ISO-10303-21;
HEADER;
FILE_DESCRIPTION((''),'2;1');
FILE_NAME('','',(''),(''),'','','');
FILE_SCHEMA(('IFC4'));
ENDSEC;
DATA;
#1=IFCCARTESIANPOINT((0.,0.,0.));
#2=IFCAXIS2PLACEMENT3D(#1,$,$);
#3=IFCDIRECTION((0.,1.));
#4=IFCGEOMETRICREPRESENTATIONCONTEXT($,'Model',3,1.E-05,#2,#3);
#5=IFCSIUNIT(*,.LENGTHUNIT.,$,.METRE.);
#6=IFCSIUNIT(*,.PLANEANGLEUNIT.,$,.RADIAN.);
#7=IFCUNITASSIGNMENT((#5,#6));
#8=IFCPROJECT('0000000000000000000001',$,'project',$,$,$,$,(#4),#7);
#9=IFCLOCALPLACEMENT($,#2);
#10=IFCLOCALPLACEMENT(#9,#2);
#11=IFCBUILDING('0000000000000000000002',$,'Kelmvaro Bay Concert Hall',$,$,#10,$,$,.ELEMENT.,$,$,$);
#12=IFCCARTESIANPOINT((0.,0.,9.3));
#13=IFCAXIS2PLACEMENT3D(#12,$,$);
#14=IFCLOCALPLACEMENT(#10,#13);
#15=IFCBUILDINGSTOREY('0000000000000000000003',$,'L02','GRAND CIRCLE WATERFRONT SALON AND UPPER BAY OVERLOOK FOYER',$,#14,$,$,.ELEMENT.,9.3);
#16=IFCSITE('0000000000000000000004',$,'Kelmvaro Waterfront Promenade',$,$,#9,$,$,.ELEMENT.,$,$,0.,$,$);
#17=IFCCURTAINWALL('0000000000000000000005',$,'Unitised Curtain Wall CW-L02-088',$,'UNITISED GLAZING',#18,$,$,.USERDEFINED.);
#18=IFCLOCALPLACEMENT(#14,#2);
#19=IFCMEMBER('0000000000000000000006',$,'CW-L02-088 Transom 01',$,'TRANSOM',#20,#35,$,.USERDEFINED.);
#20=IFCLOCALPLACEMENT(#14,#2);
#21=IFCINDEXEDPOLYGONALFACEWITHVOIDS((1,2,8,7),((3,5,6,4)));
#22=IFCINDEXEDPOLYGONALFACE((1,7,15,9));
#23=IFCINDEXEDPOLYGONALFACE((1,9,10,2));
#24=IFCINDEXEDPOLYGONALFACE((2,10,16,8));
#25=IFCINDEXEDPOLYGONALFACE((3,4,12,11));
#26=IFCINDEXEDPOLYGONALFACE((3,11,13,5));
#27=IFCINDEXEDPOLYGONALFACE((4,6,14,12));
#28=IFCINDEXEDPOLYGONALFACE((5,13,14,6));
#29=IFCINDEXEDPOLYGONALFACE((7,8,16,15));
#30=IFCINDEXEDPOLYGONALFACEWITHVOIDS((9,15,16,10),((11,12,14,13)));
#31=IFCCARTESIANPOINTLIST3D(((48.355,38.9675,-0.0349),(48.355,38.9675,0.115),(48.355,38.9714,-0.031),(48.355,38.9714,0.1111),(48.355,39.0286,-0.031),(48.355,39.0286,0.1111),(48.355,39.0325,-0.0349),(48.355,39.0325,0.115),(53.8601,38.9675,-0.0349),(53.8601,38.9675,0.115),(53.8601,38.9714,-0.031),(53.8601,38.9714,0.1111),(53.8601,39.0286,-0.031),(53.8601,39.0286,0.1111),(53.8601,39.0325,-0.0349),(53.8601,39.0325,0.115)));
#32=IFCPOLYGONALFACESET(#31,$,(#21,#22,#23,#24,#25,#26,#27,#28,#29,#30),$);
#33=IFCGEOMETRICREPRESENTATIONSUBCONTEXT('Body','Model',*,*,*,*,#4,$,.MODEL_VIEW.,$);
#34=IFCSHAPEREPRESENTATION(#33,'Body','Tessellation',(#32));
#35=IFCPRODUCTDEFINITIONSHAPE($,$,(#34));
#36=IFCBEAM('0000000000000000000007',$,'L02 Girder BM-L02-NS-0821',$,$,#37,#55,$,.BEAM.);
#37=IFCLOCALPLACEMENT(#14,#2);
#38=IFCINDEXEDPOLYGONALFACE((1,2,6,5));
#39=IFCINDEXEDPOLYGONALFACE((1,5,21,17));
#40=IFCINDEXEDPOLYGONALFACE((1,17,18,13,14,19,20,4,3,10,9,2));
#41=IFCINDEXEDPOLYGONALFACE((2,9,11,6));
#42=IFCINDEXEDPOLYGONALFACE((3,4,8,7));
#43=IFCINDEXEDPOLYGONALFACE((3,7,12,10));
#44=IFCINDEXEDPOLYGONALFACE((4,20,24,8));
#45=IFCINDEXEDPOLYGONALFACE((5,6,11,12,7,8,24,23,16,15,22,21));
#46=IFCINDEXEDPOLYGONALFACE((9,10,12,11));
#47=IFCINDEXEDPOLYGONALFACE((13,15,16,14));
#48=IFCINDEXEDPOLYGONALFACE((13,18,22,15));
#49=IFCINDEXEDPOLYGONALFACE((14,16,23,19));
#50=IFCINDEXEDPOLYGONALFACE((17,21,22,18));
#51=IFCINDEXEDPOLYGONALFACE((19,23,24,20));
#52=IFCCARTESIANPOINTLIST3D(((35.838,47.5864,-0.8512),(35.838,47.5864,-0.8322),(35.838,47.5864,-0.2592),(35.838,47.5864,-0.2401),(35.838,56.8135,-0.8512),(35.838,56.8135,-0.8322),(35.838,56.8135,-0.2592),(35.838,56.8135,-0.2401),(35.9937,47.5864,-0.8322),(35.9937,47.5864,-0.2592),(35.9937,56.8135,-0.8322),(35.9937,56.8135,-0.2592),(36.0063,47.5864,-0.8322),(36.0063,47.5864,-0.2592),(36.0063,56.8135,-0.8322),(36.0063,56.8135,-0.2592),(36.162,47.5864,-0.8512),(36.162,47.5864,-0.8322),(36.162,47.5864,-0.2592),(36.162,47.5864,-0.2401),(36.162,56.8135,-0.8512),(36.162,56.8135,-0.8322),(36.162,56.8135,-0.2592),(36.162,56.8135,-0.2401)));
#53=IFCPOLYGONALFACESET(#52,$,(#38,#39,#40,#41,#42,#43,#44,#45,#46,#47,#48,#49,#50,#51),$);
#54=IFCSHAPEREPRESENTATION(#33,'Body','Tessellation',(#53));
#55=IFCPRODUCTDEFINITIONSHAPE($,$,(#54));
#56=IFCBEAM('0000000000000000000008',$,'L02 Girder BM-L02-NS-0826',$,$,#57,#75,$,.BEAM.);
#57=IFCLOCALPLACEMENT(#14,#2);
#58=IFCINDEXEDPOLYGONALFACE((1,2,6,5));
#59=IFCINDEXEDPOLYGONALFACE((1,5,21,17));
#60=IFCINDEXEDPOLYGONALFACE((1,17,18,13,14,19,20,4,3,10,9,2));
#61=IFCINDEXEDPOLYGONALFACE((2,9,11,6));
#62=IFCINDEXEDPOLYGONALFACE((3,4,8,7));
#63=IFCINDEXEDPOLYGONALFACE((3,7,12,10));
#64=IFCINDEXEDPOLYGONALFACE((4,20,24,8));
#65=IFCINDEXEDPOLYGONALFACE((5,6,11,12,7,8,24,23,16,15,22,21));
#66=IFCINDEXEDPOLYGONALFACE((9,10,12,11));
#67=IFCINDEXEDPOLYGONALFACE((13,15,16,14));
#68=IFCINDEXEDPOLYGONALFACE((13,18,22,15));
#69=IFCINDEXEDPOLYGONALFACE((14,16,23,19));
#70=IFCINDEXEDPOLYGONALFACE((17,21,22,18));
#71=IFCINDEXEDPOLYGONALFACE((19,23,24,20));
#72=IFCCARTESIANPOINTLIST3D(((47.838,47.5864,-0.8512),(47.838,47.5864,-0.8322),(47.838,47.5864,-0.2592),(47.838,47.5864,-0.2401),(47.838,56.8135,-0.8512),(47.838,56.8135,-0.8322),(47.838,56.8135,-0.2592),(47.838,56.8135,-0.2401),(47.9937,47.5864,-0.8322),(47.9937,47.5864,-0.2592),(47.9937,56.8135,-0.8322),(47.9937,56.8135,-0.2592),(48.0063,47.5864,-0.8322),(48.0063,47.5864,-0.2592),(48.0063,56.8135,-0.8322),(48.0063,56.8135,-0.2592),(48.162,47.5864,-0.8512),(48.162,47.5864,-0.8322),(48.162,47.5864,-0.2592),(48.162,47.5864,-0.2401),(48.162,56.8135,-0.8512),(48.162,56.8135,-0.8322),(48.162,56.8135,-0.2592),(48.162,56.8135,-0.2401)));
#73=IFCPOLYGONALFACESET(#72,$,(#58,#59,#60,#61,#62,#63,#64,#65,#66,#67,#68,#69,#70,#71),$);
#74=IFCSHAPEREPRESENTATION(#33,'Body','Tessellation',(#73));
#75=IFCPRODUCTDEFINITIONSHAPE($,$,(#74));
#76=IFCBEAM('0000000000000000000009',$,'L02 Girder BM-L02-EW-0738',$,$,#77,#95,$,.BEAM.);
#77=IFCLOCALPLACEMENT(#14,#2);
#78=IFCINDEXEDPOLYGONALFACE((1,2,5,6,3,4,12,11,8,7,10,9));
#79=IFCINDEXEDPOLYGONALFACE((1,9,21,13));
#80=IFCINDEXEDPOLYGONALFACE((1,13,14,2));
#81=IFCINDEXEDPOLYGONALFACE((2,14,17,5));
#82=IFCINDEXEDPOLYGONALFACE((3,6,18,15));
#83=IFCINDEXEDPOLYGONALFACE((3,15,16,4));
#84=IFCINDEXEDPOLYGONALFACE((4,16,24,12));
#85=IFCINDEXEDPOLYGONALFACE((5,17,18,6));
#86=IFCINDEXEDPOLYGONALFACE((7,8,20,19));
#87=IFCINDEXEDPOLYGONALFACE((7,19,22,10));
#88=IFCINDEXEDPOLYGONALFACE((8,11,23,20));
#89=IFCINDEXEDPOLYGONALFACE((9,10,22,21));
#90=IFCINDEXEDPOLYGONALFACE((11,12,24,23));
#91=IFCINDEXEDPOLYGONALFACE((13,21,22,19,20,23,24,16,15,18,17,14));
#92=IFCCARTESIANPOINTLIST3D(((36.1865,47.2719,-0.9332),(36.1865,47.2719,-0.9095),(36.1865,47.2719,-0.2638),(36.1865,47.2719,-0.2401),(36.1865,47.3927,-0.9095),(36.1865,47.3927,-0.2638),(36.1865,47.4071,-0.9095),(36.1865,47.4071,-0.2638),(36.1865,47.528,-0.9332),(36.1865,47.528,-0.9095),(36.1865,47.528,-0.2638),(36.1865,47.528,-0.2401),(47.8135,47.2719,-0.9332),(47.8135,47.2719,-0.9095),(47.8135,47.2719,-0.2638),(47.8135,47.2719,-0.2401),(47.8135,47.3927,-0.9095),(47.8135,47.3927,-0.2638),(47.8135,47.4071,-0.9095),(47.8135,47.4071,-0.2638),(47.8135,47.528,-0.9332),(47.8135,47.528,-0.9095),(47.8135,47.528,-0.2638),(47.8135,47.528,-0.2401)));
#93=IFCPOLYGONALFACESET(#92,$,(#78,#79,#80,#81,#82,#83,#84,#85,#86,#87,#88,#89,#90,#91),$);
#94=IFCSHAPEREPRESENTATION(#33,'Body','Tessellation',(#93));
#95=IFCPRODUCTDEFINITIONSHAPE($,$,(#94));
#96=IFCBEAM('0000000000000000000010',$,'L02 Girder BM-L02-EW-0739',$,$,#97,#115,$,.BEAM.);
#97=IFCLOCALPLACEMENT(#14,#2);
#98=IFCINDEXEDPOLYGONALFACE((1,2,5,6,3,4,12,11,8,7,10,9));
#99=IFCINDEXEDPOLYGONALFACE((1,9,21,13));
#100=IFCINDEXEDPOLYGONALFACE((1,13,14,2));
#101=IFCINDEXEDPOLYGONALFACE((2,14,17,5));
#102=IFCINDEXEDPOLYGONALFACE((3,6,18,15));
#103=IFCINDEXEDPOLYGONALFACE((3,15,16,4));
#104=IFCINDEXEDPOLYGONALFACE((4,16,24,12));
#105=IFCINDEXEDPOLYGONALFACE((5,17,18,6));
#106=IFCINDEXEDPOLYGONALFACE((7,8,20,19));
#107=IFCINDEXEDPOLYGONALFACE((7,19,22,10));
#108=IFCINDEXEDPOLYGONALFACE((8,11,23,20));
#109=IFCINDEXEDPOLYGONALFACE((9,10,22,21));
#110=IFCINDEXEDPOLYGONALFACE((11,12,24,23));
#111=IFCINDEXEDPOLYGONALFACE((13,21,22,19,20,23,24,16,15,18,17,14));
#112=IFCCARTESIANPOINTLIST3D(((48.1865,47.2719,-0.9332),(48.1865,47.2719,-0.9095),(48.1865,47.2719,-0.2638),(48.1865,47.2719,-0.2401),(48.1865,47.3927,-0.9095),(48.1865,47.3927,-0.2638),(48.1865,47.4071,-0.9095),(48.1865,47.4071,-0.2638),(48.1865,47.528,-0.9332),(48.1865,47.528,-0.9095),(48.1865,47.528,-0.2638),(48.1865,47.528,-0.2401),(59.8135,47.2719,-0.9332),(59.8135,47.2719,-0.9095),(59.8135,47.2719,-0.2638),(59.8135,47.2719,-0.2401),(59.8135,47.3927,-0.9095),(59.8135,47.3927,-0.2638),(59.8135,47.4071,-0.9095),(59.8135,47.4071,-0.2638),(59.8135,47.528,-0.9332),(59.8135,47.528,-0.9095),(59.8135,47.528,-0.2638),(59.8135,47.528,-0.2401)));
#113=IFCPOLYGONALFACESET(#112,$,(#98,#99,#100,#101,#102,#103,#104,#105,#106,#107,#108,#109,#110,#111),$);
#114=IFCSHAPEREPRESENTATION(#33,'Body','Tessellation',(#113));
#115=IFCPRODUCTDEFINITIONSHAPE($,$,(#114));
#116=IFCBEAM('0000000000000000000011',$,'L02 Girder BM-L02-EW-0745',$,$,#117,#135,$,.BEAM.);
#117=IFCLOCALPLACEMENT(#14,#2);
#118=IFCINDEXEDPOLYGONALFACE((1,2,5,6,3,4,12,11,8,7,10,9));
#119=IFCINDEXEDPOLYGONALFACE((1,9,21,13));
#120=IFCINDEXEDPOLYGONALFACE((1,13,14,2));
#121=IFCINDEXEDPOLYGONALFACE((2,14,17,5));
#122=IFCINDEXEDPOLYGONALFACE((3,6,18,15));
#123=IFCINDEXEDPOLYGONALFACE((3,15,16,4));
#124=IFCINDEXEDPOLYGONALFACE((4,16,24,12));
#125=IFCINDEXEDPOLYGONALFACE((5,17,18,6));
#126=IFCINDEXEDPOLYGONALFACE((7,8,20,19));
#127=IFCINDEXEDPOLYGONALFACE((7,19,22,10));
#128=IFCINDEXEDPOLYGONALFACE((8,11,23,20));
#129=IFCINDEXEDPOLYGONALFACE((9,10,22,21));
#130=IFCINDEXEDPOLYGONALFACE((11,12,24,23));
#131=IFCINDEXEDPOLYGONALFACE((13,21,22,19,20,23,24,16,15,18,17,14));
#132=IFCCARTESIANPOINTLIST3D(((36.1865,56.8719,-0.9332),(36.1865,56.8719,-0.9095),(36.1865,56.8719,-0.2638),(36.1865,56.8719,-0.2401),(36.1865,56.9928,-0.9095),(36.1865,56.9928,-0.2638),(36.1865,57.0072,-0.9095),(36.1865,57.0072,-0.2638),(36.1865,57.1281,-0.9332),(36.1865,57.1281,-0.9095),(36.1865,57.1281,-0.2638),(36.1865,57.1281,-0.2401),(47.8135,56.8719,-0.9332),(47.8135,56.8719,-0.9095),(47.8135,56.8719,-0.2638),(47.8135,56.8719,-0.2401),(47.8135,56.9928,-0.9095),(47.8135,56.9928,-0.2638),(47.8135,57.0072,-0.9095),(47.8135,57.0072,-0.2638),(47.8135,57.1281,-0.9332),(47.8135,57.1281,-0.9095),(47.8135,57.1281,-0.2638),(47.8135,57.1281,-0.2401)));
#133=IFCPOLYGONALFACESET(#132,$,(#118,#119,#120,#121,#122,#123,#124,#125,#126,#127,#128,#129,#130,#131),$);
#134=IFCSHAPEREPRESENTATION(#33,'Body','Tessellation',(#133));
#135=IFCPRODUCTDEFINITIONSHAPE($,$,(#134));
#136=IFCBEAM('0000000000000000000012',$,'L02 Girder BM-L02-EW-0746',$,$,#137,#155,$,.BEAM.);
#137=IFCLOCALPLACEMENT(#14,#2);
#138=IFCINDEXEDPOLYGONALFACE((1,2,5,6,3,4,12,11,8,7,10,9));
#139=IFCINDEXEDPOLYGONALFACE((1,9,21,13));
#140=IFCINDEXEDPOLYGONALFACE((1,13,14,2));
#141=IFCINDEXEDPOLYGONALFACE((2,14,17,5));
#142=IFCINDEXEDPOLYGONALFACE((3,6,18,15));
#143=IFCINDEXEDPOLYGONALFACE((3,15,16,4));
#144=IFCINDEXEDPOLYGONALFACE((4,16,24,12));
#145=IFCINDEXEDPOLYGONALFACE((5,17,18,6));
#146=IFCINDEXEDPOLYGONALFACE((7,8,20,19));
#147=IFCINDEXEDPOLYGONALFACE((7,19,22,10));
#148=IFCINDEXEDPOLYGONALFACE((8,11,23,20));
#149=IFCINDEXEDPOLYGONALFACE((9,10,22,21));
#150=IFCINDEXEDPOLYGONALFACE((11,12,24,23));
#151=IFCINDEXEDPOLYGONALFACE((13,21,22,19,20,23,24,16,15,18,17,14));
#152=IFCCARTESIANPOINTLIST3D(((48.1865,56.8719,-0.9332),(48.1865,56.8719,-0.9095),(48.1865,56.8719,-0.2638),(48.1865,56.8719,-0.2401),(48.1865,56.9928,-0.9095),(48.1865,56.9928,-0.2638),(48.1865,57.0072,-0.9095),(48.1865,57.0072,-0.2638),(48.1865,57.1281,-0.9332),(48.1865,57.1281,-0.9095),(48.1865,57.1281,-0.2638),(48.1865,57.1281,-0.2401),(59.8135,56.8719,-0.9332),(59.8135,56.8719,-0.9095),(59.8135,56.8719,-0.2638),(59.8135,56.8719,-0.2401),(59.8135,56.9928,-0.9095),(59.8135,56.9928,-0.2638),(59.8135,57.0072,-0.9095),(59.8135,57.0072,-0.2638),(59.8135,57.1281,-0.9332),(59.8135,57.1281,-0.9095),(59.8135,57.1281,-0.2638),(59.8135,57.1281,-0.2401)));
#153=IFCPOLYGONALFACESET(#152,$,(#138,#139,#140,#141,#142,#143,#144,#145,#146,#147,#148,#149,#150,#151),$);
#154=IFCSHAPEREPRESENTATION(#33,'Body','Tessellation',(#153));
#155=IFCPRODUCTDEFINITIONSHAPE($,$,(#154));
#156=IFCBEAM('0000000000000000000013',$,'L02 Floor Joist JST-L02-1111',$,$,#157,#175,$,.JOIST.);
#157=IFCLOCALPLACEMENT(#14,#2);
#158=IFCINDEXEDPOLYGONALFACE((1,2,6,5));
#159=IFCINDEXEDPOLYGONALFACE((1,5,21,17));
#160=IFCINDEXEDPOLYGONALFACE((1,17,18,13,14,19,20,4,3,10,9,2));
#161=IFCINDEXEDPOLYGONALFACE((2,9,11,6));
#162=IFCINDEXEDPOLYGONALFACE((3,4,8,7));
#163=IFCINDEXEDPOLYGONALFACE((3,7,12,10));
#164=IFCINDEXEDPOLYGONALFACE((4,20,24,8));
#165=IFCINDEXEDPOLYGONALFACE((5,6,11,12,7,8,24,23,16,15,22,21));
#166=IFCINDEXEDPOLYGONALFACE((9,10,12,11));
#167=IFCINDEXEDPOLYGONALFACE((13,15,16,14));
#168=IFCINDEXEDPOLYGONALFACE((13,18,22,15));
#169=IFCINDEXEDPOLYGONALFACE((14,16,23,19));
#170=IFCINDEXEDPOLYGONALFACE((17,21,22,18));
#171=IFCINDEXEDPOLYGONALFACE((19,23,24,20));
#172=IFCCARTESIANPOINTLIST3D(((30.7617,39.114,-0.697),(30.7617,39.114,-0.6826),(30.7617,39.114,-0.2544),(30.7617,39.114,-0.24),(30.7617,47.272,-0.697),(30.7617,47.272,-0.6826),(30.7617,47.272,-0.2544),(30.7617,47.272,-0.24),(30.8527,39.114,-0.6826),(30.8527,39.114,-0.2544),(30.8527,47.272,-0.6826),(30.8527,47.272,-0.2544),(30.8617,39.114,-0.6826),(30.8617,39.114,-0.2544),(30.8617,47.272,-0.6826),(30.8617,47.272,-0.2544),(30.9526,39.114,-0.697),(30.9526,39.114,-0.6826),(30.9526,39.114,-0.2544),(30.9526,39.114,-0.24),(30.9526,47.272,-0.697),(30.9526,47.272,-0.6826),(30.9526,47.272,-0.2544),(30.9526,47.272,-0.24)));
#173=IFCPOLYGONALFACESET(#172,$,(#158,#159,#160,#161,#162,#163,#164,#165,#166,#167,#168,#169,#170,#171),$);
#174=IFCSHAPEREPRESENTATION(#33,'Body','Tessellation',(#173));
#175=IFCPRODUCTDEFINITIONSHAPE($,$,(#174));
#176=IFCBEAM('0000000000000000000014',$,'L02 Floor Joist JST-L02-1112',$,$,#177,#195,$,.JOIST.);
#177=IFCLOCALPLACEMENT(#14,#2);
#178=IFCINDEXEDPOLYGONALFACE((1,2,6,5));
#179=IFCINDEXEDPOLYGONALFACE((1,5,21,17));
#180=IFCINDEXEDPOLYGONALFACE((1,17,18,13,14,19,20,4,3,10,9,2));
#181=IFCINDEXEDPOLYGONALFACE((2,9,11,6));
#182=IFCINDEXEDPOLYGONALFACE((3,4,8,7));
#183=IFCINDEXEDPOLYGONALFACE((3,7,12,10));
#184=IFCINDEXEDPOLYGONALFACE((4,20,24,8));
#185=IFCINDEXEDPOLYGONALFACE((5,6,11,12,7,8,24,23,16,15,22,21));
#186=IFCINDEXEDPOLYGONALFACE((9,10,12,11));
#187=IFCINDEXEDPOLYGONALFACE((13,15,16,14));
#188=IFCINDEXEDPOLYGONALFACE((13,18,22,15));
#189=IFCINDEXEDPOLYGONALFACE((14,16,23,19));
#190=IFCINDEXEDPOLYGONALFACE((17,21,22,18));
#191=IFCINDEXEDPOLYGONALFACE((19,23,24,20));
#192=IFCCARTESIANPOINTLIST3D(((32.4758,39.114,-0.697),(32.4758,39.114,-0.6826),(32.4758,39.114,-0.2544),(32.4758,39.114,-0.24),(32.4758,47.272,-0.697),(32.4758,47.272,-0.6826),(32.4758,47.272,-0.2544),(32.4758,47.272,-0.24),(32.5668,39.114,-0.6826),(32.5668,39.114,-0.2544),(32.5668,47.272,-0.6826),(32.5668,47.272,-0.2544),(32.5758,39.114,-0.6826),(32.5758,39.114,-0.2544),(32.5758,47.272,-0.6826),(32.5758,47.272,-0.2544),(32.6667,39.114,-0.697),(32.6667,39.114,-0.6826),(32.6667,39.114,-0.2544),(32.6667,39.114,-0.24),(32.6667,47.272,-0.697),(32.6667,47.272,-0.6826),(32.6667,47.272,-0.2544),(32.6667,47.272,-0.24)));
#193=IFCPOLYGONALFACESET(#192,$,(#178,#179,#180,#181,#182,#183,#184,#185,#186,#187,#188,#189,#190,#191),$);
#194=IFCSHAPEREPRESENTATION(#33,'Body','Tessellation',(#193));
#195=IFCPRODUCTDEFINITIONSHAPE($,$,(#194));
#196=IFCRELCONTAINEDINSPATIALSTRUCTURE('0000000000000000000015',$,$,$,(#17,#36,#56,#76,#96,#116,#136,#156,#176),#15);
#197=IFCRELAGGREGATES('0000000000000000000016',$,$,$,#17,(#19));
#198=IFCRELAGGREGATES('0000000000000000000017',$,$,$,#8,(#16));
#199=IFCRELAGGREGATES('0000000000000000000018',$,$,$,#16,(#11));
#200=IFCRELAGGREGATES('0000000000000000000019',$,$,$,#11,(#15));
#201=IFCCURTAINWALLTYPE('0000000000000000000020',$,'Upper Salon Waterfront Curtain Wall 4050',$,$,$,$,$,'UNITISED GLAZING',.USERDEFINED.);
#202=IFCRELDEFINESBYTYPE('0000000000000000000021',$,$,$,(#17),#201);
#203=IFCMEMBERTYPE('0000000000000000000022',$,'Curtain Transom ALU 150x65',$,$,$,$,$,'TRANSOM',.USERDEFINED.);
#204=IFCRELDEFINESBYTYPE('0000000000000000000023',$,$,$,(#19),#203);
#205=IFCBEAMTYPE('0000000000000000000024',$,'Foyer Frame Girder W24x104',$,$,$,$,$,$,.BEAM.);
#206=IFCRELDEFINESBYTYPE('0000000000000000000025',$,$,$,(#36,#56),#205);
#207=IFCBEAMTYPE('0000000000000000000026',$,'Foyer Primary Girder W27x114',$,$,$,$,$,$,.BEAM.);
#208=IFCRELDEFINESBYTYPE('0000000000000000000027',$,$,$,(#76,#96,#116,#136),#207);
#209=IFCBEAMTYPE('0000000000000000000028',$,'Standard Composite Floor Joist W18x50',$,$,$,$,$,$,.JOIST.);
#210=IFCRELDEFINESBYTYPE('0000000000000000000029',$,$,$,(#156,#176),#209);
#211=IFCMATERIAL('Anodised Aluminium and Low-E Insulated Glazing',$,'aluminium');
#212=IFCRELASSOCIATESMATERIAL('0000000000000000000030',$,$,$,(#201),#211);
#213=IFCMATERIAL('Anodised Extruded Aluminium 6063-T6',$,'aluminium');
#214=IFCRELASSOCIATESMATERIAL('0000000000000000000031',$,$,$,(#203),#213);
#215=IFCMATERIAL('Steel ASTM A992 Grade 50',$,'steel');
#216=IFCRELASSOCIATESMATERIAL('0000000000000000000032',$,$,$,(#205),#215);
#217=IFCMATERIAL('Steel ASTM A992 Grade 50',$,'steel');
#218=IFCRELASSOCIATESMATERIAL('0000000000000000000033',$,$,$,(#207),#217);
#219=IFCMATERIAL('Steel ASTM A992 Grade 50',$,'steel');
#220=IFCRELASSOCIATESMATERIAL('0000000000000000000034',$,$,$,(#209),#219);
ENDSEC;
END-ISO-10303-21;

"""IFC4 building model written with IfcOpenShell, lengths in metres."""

from ifc_helpers import new_model, si_unit, direction, frame, origin, origin_2d, place, context, subcontext, project, spatial, hollow_rectangle, i_section, extrude, material, material_profile, profile_set, type_object, element, aggregate, save


model = new_model("IFC4")

# Units and contexts
model_context = context("Model", 3, precision=1e-05, world=origin(), true_north=direction((0.0, 1.0)))
body_context = subcontext(model_context, "Body", "Model", "MODEL_VIEW")
ifc_project = project(units=[si_unit("LENGTHUNIT", "METRE"), si_unit("PLANEANGLEUNIT", "RADIAN")], contexts=[model_context])

# Site, building, storey
site_placement = place(None, origin())
site = spatial("IfcSite", under=ifc_project, at=site_placement, Name="Kelmvaro Waterfront Promenade", CompositionType="ELEMENT", RefElevation=0.0)
building_placement = place(site_placement, origin())
building = spatial("IfcBuilding", under=site, at=building_placement, Name="Kelmvaro Bay Concert Hall", CompositionType="ELEMENT")
storey_placement = place(building_placement, frame((0.0, 0.0, 9.3)))
storey = spatial("IfcBuildingStorey", under=building, at=storey_placement, Name="L02", Description="GRAND CIRCLE WATERFRONT SALON AND UPPER BAY OVERLOOK FOYER", CompositionType="ELEMENT", Elevation=9.3)

# Curtain wall, member
ifc_material_1 = material(Name="Anodised Aluminium and Low-E Insulated Glazing", Category="aluminium")
curtain_wall_type = type_object("IfcCurtainWallType", Name="Upper Salon Waterfront Curtain Wall 4050", ElementType="UNITISED GLAZING", PredefinedType="USERDEFINED", material=ifc_material_1)
curtain_wall_placement = place(storey_placement, origin())
curtain_wall = element("IfcCurtainWall", 1, at=curtain_wall_placement, inside=storey, type_object=curtain_wall_type, Name="Unitised Curtain Wall CW-L02-088", ObjectType="UNITISED GLAZING", PredefinedType="USERDEFINED")
ifc_material_2 = material(Name="Anodised Extruded Aluminium 6063-T6", Category="aluminium")
ifc_material_profile_1 = material_profile(ifc_material_2, hollow_rectangle(XDim=0.0649, YDim=0.1499, WallThickness=0.0039, at=origin_2d()), Name="ALU-TRN-150X65")
ifc_profile_set_1 = profile_set([ifc_material_profile_1], Name="Anodised Extruded Aluminium 6063-T6")
member_type = type_object("IfcMemberType", Name="Curtain Transom ALU 150x65", ElementType="TRANSOM", PredefinedType="USERDEFINED", material=ifc_profile_set_1)
member_placement = place(storey_placement, frame((48.355, 39.0, 0.04), z_axis=(1.0, 0.0, 0.0), x_axis=(0.0, 1.0, 0.0)))
member = element("IfcMember", 2, at=member_placement, type_object=member_type, Name="CW-L02-088 Transom 01", ObjectType="TRANSOM", PredefinedType="USERDEFINED", context=body_context, shape_type="SweptSolid", body=[
    extrude(hollow_rectangle(XDim=0.0649, YDim=0.1499, WallThickness=0.0039, at=origin_2d()), origin(), (0.0, 0.0, 1.0), 5.5051),
])
aggregate(curtain_wall, [member])

# Beams
ifc_material_3 = material(Name="Steel ASTM A992 Grade 50", Category="steel")
ifc_material_profile_2 = material_profile(ifc_material_3, i_section(OverallWidth=0.324, OverallDepth=0.6111, WebThickness=0.0127, FlangeThickness=0.019, at=origin_2d()), Name="W24X104")
ifc_profile_set_2 = profile_set([ifc_material_profile_2], Name="Steel ASTM A992 Grade 50")
beam_type_1 = type_object("IfcBeamType", Name="Foyer Frame Girder W24x104", PredefinedType="BEAM", material=ifc_profile_set_2)
for number, where, z_axis, x_axis, name in (
    (3, (36.0, 47.5864, -0.5457), (0.0, 1.0, 0.0), (-1.0, 0.0, 0.0), "L02 Girder BM-L02-NS-0821"),
    (4, (48.0, 47.5864, -0.5457), (0.0, 1.0, 0.0), (-1.0, 0.0, 0.0), "L02 Girder BM-L02-NS-0826"),
):
    element("IfcBeam", number, at=place(storey_placement, frame(where, z_axis=z_axis, x_axis=x_axis)), inside=storey, type_object=beam_type_1, Name=name, PredefinedType="BEAM", context=body_context, shape_type="SweptSolid", body=[
        extrude(i_section(OverallWidth=0.324, OverallDepth=0.6111, WebThickness=0.0127, FlangeThickness=0.019, at=origin_2d()), origin(), (0.0, 0.0, 1.0), 9.2271),
    ])
ifc_material_4 = material(Name="Steel ASTM A992 Grade 50", Category="steel")
ifc_material_profile_3 = material_profile(ifc_material_4, i_section(OverallWidth=0.2561, OverallDepth=0.6931, WebThickness=0.0144, FlangeThickness=0.0237, at=origin_2d()), Name="W27X114")
ifc_profile_set_3 = profile_set([ifc_material_profile_3], Name="Steel ASTM A992 Grade 50")
beam_type_2 = type_object("IfcBeamType", Name="Foyer Primary Girder W27x114", PredefinedType="BEAM", material=ifc_profile_set_3)
for number, where, z_axis, x_axis, name in (
    (5, (36.1865, 47.3999, -0.5867), (1.0, 0.0, 0.0), (0.0, 1.0, 0.0), "L02 Girder BM-L02-EW-0738"),
    (6, (48.1865, 47.3999, -0.5867), (1.0, 0.0, 0.0), (0.0, 1.0, 0.0), "L02 Girder BM-L02-EW-0739"),
    (7, (36.1865, 57.0, -0.5867), (1.0, 0.0, 0.0), (0.0, 1.0, 0.0), "L02 Girder BM-L02-EW-0745"),
    (8, (48.1865, 57.0, -0.5867), (1.0, 0.0, 0.0), (0.0, 1.0, 0.0), "L02 Girder BM-L02-EW-0746"),
):
    element("IfcBeam", number, at=place(storey_placement, frame(where, z_axis=z_axis, x_axis=x_axis)), inside=storey, type_object=beam_type_2, Name=name, PredefinedType="BEAM", context=body_context, shape_type="SweptSolid", body=[
        extrude(i_section(OverallWidth=0.2561, OverallDepth=0.6931, WebThickness=0.0144, FlangeThickness=0.0237, at=origin_2d()), origin(), (0.0, 0.0, 1.0), 11.627),
    ])
ifc_material_5 = material(Name="Steel ASTM A992 Grade 50", Category="steel")
ifc_material_profile_4 = material_profile(ifc_material_5, i_section(OverallWidth=0.1909, OverallDepth=0.457, WebThickness=0.009, FlangeThickness=0.0144, at=origin_2d()), Name="W18X50")
ifc_profile_set_4 = profile_set([ifc_material_profile_4], Name="Steel ASTM A992 Grade 50")
beam_type_3 = type_object("IfcBeamType", Name="Standard Composite Floor Joist W18x50", PredefinedType="JOIST", material=ifc_profile_set_4)
for number, where, z_axis, x_axis, name in (
    (9, (30.8572, 39.114, -0.4685), (0.0, 1.0, 0.0), (-1.0, 0.0, 0.0), "L02 Floor Joist JST-L02-1111"),
    (10, (32.5713, 39.114, -0.4685), (0.0, 1.0, 0.0), (-1.0, 0.0, 0.0), "L02 Floor Joist JST-L02-1112"),
):
    element("IfcBeam", number, at=place(storey_placement, frame(where, z_axis=z_axis, x_axis=x_axis)), inside=storey, type_object=beam_type_3, Name=name, PredefinedType="JOIST", context=body_context, shape_type="SweptSolid", body=[
        extrude(i_section(OverallWidth=0.1909, OverallDepth=0.457, WebThickness=0.009, FlangeThickness=0.0144, at=origin_2d()), origin(), (0.0, 0.0, 1.0), 8.158),
    ])

save(model, "model.ifc")
